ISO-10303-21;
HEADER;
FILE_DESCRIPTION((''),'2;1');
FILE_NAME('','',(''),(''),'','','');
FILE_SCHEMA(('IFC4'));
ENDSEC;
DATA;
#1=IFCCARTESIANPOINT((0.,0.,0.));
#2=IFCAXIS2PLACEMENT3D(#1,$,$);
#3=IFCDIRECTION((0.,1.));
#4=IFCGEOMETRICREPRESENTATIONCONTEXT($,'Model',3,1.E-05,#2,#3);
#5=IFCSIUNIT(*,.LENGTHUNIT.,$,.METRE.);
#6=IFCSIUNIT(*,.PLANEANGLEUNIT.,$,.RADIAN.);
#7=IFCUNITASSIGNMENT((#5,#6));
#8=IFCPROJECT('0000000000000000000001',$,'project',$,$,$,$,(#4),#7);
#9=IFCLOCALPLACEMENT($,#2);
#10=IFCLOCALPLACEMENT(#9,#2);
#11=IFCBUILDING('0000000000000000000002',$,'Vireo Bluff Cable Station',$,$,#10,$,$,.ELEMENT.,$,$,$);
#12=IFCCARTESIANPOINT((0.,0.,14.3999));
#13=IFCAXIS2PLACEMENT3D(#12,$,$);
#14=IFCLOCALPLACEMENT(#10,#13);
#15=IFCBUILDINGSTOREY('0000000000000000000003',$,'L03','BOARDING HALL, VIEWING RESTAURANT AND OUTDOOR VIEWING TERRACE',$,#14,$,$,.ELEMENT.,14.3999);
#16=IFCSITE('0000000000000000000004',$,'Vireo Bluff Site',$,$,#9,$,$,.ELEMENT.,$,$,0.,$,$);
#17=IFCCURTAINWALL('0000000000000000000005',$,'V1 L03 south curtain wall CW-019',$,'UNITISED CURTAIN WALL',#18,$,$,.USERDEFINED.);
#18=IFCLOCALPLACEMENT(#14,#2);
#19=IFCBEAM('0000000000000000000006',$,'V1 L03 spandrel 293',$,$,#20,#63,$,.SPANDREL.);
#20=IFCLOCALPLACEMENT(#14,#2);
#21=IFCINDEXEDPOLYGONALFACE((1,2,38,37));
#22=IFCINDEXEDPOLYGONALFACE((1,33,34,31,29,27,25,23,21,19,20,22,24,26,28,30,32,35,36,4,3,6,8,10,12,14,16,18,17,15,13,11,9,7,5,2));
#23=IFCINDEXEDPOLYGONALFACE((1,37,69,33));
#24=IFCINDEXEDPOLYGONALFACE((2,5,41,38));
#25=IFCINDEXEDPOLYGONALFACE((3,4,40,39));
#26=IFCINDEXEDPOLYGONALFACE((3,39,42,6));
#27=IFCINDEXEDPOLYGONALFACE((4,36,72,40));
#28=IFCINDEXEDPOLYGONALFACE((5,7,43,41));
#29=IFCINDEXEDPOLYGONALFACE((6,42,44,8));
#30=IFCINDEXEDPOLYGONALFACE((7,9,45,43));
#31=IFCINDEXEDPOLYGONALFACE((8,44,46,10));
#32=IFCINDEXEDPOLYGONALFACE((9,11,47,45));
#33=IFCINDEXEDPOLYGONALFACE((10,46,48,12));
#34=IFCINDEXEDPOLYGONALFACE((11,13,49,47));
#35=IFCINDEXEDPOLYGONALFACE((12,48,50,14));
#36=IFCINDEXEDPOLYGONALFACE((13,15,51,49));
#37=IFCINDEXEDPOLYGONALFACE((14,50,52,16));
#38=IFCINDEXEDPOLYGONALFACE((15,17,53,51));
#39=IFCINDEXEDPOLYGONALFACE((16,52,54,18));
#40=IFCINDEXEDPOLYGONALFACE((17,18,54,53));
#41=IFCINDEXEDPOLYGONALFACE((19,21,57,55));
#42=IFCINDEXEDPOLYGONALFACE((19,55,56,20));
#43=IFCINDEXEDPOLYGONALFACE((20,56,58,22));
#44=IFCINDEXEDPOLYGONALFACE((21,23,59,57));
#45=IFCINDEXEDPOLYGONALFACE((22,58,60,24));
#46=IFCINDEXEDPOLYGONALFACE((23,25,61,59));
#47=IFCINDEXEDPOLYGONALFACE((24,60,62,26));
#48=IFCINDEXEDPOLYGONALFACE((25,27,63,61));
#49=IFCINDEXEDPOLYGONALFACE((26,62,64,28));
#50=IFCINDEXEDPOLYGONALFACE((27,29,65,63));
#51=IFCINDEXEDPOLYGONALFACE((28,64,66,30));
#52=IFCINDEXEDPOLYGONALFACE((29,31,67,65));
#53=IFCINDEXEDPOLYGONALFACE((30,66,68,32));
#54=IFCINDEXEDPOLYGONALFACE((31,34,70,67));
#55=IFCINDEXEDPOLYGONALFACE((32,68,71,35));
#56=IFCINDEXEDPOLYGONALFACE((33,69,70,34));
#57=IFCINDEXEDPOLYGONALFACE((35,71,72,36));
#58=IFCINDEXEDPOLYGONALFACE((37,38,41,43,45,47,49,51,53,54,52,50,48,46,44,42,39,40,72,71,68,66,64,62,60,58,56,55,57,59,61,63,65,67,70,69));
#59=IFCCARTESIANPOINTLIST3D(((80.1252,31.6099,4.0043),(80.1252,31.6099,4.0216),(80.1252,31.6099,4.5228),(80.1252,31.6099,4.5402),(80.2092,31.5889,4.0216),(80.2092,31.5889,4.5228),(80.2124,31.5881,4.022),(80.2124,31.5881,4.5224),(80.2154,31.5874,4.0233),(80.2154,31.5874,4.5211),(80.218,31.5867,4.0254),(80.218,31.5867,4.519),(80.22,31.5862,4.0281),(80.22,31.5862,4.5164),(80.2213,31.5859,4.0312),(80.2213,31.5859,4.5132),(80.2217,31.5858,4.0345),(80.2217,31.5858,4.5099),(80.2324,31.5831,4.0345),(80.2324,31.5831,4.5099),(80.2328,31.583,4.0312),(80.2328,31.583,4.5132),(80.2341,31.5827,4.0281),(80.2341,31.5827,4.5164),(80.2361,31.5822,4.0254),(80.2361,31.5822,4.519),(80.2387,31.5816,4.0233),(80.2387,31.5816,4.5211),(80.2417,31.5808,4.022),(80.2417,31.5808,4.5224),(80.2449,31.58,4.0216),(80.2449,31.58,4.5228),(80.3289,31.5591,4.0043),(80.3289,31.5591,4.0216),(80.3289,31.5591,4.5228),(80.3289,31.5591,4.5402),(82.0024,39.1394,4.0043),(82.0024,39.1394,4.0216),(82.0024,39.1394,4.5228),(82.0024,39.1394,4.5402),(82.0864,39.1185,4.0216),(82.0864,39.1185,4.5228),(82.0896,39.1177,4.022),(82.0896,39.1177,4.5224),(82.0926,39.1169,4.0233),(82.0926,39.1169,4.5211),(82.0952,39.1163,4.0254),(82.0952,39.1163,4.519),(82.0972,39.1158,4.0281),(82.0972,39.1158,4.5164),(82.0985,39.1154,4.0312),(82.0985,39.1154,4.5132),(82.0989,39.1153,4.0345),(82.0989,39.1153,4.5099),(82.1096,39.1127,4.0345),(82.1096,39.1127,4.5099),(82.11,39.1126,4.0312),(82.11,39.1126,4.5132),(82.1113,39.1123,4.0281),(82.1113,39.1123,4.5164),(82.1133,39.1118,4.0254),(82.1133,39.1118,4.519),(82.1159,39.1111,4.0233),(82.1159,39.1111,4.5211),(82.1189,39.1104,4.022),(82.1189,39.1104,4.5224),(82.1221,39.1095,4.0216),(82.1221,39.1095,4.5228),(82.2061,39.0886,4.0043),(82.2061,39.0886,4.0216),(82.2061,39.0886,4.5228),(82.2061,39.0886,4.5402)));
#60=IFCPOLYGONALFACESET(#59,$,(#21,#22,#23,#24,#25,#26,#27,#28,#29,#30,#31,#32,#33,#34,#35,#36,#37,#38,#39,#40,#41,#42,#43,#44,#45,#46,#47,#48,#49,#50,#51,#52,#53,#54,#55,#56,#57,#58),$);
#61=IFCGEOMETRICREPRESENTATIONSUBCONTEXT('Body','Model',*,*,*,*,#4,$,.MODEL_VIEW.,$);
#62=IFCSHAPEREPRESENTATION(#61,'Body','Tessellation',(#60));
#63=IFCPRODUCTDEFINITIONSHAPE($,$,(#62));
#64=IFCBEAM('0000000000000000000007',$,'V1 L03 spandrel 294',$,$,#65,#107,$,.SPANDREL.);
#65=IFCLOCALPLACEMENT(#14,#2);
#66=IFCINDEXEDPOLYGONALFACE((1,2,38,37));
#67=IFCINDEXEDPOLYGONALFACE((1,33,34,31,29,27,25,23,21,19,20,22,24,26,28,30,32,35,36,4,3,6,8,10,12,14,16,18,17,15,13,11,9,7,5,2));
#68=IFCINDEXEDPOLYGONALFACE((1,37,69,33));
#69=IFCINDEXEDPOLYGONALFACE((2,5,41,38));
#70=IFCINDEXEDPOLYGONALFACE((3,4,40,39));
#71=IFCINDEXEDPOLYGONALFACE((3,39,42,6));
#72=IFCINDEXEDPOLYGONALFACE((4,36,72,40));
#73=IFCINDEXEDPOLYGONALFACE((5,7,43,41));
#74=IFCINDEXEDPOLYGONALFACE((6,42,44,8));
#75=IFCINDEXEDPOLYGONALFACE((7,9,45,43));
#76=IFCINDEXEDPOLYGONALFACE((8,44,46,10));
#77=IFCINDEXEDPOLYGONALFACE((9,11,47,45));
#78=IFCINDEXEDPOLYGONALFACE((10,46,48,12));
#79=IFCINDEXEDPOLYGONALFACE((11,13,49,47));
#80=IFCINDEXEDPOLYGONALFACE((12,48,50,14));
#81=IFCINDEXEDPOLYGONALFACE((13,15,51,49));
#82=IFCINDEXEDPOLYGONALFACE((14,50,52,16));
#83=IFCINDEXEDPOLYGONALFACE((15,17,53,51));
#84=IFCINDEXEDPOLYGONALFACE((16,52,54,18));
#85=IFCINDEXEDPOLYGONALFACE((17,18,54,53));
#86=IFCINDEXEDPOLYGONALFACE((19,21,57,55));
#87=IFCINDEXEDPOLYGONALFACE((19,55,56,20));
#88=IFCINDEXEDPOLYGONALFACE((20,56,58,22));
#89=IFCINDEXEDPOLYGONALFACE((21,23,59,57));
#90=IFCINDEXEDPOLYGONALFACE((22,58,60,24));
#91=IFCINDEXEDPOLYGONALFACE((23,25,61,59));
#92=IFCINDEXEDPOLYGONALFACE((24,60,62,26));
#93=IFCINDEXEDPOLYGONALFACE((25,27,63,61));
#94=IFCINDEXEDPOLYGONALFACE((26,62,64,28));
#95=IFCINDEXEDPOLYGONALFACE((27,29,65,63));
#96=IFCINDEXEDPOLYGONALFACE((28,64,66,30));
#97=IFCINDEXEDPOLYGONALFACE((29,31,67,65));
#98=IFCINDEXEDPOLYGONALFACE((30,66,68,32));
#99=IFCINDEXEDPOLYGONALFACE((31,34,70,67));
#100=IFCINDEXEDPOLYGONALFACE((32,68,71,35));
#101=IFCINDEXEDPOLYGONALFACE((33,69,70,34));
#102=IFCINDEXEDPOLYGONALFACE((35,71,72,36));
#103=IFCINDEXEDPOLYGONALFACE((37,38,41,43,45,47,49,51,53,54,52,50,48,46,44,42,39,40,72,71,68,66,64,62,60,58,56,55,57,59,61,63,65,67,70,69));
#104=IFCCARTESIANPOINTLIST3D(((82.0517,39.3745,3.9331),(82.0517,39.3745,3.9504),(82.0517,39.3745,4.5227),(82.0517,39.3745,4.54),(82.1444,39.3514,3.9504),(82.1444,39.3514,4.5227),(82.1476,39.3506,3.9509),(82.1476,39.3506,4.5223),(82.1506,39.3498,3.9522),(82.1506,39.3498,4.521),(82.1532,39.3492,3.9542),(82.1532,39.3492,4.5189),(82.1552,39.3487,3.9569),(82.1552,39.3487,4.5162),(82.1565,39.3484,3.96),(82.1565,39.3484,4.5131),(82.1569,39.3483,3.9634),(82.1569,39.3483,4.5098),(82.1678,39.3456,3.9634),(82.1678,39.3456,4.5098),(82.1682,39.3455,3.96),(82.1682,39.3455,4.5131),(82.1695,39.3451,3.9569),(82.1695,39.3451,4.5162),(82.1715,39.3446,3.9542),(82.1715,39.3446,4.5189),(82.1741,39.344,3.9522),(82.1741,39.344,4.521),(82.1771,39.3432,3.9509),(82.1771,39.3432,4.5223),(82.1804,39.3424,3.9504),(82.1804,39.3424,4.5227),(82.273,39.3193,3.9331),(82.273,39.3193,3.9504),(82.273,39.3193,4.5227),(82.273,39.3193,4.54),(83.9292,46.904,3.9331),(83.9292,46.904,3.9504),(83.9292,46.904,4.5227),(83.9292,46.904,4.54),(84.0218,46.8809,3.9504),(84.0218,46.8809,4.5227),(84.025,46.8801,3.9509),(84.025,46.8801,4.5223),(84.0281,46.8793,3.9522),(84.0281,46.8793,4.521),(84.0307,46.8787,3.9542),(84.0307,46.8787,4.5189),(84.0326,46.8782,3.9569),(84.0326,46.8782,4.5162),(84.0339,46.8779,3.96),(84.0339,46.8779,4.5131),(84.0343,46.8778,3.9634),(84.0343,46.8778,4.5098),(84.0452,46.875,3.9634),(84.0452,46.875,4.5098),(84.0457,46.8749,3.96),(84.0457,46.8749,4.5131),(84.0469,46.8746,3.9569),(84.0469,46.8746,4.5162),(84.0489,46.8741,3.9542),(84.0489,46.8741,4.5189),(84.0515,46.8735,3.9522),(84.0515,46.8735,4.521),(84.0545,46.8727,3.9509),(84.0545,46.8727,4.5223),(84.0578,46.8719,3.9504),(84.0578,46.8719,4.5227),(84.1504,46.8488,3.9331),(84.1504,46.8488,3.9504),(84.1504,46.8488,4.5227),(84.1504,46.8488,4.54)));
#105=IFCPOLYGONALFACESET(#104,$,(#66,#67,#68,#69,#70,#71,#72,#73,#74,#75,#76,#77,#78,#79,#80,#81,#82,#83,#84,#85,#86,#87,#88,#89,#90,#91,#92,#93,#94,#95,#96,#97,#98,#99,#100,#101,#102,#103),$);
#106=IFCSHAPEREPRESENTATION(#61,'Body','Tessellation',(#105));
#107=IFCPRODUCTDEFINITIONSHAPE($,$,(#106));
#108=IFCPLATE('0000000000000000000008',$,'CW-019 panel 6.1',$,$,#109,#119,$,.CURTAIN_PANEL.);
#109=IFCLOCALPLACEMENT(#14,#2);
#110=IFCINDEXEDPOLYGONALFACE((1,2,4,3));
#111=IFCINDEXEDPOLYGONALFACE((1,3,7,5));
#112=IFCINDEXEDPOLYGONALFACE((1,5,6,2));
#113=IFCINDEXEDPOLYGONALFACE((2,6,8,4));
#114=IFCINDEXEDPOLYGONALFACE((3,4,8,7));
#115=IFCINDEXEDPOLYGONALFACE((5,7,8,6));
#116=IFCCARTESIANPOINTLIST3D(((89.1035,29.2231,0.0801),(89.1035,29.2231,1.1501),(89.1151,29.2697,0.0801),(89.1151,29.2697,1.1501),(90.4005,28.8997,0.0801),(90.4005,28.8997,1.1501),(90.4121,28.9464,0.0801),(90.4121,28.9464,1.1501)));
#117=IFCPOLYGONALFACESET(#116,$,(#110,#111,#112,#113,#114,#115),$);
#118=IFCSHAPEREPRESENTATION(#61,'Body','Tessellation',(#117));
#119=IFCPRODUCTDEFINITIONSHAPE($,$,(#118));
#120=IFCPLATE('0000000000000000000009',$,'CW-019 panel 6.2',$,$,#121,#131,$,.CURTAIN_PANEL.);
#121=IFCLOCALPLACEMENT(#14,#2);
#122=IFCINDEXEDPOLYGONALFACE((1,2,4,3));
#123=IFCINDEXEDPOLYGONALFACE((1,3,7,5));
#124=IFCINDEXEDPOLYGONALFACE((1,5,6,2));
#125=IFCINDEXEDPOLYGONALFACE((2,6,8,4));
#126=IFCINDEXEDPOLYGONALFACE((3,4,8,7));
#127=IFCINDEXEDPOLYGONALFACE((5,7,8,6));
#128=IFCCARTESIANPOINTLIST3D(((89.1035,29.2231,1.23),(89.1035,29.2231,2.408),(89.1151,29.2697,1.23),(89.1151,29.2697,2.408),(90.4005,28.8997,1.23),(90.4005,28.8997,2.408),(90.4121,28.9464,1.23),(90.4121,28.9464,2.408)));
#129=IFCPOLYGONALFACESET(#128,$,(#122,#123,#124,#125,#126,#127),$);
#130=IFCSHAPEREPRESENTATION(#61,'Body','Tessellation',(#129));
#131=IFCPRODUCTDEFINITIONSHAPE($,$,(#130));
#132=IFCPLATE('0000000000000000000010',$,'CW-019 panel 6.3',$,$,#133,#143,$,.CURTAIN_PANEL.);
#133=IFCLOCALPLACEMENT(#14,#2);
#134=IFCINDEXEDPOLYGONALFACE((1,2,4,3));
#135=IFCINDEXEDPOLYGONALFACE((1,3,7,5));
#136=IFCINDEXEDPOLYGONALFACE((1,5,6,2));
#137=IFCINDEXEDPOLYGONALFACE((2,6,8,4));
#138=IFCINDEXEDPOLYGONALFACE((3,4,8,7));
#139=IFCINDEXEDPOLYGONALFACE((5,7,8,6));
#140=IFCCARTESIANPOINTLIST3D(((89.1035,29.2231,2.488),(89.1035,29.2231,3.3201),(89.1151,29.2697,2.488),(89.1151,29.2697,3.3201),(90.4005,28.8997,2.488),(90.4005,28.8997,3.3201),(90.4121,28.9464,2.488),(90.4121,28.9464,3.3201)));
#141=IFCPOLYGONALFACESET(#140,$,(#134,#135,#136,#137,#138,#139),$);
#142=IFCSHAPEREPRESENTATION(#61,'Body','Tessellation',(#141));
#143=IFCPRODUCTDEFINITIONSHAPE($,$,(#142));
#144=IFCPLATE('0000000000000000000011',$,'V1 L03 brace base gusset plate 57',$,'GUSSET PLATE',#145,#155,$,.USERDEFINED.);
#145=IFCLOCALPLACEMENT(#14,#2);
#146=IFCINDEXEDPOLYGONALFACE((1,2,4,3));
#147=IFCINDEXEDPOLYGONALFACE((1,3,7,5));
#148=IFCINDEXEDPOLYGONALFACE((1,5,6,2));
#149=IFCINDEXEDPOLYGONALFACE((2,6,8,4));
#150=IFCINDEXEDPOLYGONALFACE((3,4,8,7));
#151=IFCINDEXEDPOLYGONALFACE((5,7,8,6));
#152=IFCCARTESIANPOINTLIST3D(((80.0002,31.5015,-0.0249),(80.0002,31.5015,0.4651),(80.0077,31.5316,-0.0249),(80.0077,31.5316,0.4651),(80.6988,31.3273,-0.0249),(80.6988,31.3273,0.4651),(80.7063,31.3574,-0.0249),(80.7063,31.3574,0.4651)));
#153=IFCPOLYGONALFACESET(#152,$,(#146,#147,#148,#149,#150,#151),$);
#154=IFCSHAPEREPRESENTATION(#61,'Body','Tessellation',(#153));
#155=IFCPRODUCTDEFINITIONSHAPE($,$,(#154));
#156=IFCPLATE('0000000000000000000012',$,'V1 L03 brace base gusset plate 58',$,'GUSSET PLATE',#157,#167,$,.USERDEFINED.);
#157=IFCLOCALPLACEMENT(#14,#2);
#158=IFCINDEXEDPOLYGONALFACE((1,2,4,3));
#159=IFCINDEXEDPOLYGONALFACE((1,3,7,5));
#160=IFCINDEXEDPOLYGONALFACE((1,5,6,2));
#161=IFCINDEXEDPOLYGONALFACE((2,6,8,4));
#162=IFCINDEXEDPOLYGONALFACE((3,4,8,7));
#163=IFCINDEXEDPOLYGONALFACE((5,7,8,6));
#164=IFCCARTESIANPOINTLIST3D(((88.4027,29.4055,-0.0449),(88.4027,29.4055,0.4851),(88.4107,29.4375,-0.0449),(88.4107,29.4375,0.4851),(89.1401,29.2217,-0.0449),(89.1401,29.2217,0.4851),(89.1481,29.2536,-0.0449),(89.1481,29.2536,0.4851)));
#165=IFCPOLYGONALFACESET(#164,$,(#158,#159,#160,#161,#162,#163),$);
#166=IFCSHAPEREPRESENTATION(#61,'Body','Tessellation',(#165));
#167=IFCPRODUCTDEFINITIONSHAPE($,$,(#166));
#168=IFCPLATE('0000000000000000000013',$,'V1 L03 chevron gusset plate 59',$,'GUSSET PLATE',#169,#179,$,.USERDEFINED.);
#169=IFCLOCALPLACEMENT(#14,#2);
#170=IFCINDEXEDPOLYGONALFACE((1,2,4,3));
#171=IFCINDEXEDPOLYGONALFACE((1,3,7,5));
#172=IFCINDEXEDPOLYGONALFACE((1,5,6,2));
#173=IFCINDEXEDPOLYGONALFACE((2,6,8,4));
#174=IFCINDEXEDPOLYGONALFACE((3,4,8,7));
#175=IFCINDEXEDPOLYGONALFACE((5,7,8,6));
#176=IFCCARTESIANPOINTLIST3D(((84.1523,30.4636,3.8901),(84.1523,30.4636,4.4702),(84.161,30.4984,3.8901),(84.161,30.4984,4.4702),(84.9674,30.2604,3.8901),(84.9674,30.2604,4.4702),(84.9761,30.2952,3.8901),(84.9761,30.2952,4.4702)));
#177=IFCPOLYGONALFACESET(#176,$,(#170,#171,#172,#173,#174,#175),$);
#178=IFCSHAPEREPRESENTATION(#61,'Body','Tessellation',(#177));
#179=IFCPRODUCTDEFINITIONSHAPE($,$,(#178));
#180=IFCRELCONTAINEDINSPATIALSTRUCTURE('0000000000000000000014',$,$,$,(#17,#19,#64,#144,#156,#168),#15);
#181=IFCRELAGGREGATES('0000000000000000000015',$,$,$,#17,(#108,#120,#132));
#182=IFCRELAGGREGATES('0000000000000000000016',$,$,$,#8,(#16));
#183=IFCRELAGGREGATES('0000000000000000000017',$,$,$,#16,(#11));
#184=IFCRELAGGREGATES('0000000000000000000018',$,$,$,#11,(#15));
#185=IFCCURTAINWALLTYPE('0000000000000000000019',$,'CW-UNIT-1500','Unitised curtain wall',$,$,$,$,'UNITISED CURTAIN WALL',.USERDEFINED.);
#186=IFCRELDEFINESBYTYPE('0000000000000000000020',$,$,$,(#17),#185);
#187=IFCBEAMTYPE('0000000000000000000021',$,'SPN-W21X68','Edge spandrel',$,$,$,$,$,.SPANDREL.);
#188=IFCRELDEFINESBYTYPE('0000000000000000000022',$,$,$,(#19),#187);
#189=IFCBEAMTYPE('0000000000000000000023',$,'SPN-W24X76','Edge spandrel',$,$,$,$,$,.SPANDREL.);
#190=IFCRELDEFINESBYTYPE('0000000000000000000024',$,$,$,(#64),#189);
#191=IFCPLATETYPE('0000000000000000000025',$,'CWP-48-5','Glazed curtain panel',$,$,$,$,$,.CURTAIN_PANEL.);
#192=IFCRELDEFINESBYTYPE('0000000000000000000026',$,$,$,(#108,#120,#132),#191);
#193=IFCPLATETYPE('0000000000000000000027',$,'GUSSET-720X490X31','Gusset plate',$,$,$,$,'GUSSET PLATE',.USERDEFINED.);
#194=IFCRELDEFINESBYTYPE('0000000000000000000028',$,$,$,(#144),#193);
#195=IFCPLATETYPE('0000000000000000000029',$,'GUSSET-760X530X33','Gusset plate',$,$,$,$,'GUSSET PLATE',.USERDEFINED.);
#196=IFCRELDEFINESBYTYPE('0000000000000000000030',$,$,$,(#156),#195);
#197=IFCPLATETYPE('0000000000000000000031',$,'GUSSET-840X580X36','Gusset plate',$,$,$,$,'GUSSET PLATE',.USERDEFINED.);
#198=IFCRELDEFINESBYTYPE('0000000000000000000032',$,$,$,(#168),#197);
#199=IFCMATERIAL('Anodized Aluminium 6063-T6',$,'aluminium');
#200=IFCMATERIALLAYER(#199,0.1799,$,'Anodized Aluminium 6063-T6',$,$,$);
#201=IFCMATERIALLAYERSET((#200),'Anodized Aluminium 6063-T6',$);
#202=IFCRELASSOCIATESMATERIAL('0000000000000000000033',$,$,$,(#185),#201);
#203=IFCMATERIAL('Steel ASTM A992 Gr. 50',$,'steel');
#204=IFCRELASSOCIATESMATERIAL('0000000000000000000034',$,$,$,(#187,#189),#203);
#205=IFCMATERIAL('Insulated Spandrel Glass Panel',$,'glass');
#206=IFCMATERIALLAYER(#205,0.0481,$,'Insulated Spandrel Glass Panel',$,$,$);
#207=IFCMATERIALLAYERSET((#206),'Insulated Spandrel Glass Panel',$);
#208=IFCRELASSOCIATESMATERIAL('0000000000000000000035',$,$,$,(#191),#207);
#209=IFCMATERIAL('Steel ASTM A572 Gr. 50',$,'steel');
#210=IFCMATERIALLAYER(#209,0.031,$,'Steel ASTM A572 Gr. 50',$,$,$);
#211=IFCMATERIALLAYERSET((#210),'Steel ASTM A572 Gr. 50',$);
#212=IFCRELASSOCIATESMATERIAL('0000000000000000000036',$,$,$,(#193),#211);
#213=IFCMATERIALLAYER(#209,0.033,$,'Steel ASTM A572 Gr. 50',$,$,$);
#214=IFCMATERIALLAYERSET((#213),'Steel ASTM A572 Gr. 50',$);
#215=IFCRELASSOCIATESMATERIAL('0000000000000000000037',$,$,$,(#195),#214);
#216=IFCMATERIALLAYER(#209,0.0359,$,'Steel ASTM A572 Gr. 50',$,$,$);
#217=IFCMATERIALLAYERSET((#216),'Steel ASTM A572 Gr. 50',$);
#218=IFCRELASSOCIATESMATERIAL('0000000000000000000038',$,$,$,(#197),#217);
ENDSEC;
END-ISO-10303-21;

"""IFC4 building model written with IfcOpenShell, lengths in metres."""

from ifc_helpers import new_model, si_unit, direction, frame, origin, origin_2d, place, context, subcontext, project, spatial, rectangle, i_section, extrude, material, layer, layer_set, material_profile, profile_set, type_object, element, aggregate, save


model = new_model("IFC4")

# Units and contexts
model_context = context("Model", 3, precision=1e-05, world=origin(), true_north=direction((0.0, 1.0)))
body_context = subcontext(model_context, "Body", "Model", "MODEL_VIEW")
ifc_project = project(units=[si_unit("LENGTHUNIT", "METRE"), si_unit("PLANEANGLEUNIT", "RADIAN")], contexts=[model_context])

# Site, building, storey
site_placement = place(None, origin())
site = spatial("IfcSite", under=ifc_project, at=site_placement, Name="Vireo Bluff Site", CompositionType="ELEMENT", RefElevation=0.0)
building_placement = place(site_placement, origin())
building = spatial("IfcBuilding", under=site, at=building_placement, Name="Vireo Bluff Cable Station", CompositionType="ELEMENT")
storey_placement = place(building_placement, frame((0.0, 0.0, 14.3999)))
storey = spatial("IfcBuildingStorey", under=building, at=storey_placement, Name="L03", Description="BOARDING HALL, VIEWING RESTAURANT AND OUTDOOR VIEWING TERRACE", CompositionType="ELEMENT", Elevation=14.3999)

# Shared definitions
ifc_material_1 = material(Name="Steel ASTM A992 Gr. 50", Category="steel")

# Shared definitions
ifc_material_2 = material(Name="Anodized Aluminium 6063-T6", Category="aluminium")

# Curtain wall
ifc_layer_1 = layer(ifc_material_2, 0.1799, Name="Anodized Aluminium 6063-T6")
ifc_layer_set_1 = layer_set([ifc_layer_1], Name="Anodized Aluminium 6063-T6")
curtain_wall_type_1 = type_object("IfcCurtainWallType", Name="CW-UNIT-1500", Description="Unitised curtain wall", ElementType="UNITISED CURTAIN WALL", PredefinedType="USERDEFINED", material=ifc_layer_set_1)
curtain_wall_1_placement = place(storey_placement, origin())
curtain_wall_1 = element("IfcCurtainWall", 1, at=curtain_wall_1_placement, inside=storey, type_object=curtain_wall_type_1, Name="V1 L03 south curtain wall CW-019", ObjectType="UNITISED CURTAIN WALL", PredefinedType="USERDEFINED")

# Beams
ifc_material_profile_1 = material_profile(ifc_material_1, i_section(OverallWidth=0.21, OverallDepth=0.5359, WebThickness=0.011, FlangeThickness=0.0173, FilletRadius=0.0129, at=origin_2d()), Name="W21X68")
ifc_profile_set_1 = profile_set([ifc_material_profile_1], Name="Steel ASTM A992 Gr. 50")
beam_type_1 = type_object("IfcBeamType", Name="SPN-W21X68", Description="Edge spandrel", PredefinedType="SPANDREL", material=ifc_profile_set_1)
beam_1_placement = place(storey_placement, frame((80.2271, 31.5845, 4.2722), z_axis=(0.241906, 0.9703, 0.0), x_axis=(-0.9703, 0.241906, 0.0)))
element("IfcBeam", 2, at=beam_1_placement, inside=storey, type_object=beam_type_1, Name="V1 L03 spandrel 293", PredefinedType="SPANDREL", context=body_context, shape_type="SweptSolid", body=[
    extrude(i_section(OverallWidth=0.21, OverallDepth=0.5359, WebThickness=0.011, FlangeThickness=0.0173, FilletRadius=0.0129, at=origin_2d()), origin(), (0.0, 0.0, 1.0), 7.76),
])
ifc_material_profile_2 = material_profile(ifc_material_1, i_section(OverallWidth=0.228, OverallDepth=0.6069, WebThickness=0.0112, FlangeThickness=0.0173, FilletRadius=0.0129, at=origin_2d()), Name="W24X76")
ifc_profile_set_2 = profile_set([ifc_material_profile_2], Name="Steel ASTM A992 Gr. 50")
beam_type_2 = type_object("IfcBeamType", Name="SPN-W24X76", Description="Edge spandrel", PredefinedType="SPANDREL", material=ifc_profile_set_2)
beam_2_placement = place(storey_placement, frame((82.1624, 39.3469, 4.2366), z_axis=(0.241936, 0.970292, 0.0), x_axis=(-0.970292, 0.241936, 0.0)))
element("IfcBeam", 3, at=beam_2_placement, inside=storey, type_object=beam_type_2, Name="V1 L03 spandrel 294", PredefinedType="SPANDREL", context=body_context, shape_type="SweptSolid", body=[
    extrude(i_section(OverallWidth=0.228, OverallDepth=0.6069, WebThickness=0.0112, FlangeThickness=0.0173, FilletRadius=0.0129, at=origin_2d()), origin(), (0.0, 0.0, 1.0), 7.76),
])

# Plates
ifc_material_3 = material(Name="Insulated Spandrel Glass Panel", Category="glass")
ifc_layer_2 = layer(ifc_material_3, 0.0481, Name="Insulated Spandrel Glass Panel")
ifc_layer_set_2 = layer_set([ifc_layer_2], Name="Insulated Spandrel Glass Panel")
plate_type_1 = type_object("IfcPlateType", Name="CWP-48-5", Description="Glazed curtain panel", PredefinedType="CURTAIN_PANEL", material=ifc_layer_set_2)
plate_1_placement = place(storey_placement, frame((89.7578, 29.0847, 0.0801), z_axis=(0.0, 0.0, 1.0), x_axis=(-0.970296, 0.241922, 0.0)))
plate_1 = element("IfcPlate", 4, at=plate_1_placement, type_object=plate_type_1, Name="CW-019 panel 6.1", PredefinedType="CURTAIN_PANEL", context=body_context, shape_type="SweptSolid", body=[
    extrude(rectangle(XDim=1.3367, YDim=0.0481, at=origin_2d()), origin(), (0.0, 0.0, 1.0), 1.0701),
])
plate_2_placement = place(storey_placement, frame((89.7578, 29.0847, 1.23), z_axis=(0.0, 0.0, 1.0), x_axis=(-0.970296, 0.241922, 0.0)))
plate_2 = element("IfcPlate", 5, at=plate_2_placement, type_object=plate_type_1, Name="CW-019 panel 6.2", PredefinedType="CURTAIN_PANEL", context=body_context, shape_type="SweptSolid", body=[
    extrude(rectangle(XDim=1.3367, YDim=0.0481, at=origin_2d()), origin(), (0.0, 0.0, 1.0), 1.178),
])
plate_3_placement = place(storey_placement, frame((89.7578, 29.0847, 2.488), z_axis=(0.0, 0.0, 1.0), x_axis=(-0.970296, 0.241922, 0.0)))
plate_3 = element("IfcPlate", 6, at=plate_3_placement, type_object=plate_type_1, Name="CW-019 panel 6.3", PredefinedType="CURTAIN_PANEL", context=body_context, shape_type="SweptSolid", body=[
    extrude(rectangle(XDim=1.3367, YDim=0.0481, at=origin_2d()), origin(), (0.0, 0.0, 1.0), 0.832),
])
aggregate(curtain_wall_1, [plate_1, plate_2, plate_3])

# Plates
ifc_material_4 = material(Name="Steel ASTM A572 Gr. 50", Category="steel")
ifc_layer_3 = layer(ifc_material_4, 0.031, Name="Steel ASTM A572 Gr. 50")
ifc_layer_set_3 = layer_set([ifc_layer_3], Name="Steel ASTM A572 Gr. 50")
plate_type_2 = type_object("IfcPlateType", Name="GUSSET-720X490X31", Description="Gusset plate", ElementType="GUSSET PLATE", PredefinedType="USERDEFINED", material=ifc_layer_set_3)
plate_4_placement = place(storey_placement, frame((80.3533, 31.4294, -0.0249), z_axis=(0.0, 0.0, 1.0), x_axis=(0.970296, -0.241922, 0.0)))
element("IfcPlate", 7, at=plate_4_placement, inside=storey, type_object=plate_type_2, Name="V1 L03 brace base gusset plate 57", ObjectType="GUSSET PLATE", PredefinedType="USERDEFINED", context=body_context, shape_type="SweptSolid", body=[
    extrude(rectangle(XDim=0.72, YDim=0.031, at=origin_2d()), origin(), (0.0, 0.0, 1.0), 0.49),
])
ifc_layer_4 = layer(ifc_material_4, 0.033, Name="Steel ASTM A572 Gr. 50")
ifc_layer_set_4 = layer_set([ifc_layer_4], Name="Steel ASTM A572 Gr. 50")
plate_type_3 = type_object("IfcPlateType", Name="GUSSET-760X530X33", Description="Gusset plate", ElementType="GUSSET PLATE", PredefinedType="USERDEFINED", material=ifc_layer_set_4)
plate_5_placement = place(storey_placement, frame((88.7754, 29.3296, -0.0449), z_axis=(0.0, 0.0, 1.0), x_axis=(0.970296, -0.241922, 0.0)))
element("IfcPlate", 8, at=plate_5_placement, inside=storey, type_object=plate_type_3, Name="V1 L03 brace base gusset plate 58", ObjectType="GUSSET PLATE", PredefinedType="USERDEFINED", context=body_context, shape_type="SweptSolid", body=[
    extrude(rectangle(XDim=0.76, YDim=0.033, at=origin_2d()), origin(), (0.0, 0.0, 1.0), 0.53),
])
ifc_layer_5 = layer(ifc_material_4, 0.0359, Name="Steel ASTM A572 Gr. 50")
ifc_layer_set_5 = layer_set([ifc_layer_5], Name="Steel ASTM A572 Gr. 50")
plate_type_4 = type_object("IfcPlateType", Name="GUSSET-840X580X36", Description="Gusset plate", ElementType="GUSSET PLATE", PredefinedType="USERDEFINED", material=ifc_layer_set_5)
plate_6_placement = place(storey_placement, frame((84.5642, 30.3794, 3.8901), z_axis=(0.0, 0.0, 1.0), x_axis=(0.970296, -0.241922, 0.0)))
element("IfcPlate", 9, at=plate_6_placement, inside=storey, type_object=plate_type_4, Name="V1 L03 chevron gusset plate 59", ObjectType="GUSSET PLATE", PredefinedType="USERDEFINED", context=body_context, shape_type="SweptSolid", body=[
    extrude(rectangle(XDim=0.8401, YDim=0.0359, at=origin_2d()), origin(), (0.0, 0.0, 1.0), 0.5801),
])

save(model, "model.ifc")
